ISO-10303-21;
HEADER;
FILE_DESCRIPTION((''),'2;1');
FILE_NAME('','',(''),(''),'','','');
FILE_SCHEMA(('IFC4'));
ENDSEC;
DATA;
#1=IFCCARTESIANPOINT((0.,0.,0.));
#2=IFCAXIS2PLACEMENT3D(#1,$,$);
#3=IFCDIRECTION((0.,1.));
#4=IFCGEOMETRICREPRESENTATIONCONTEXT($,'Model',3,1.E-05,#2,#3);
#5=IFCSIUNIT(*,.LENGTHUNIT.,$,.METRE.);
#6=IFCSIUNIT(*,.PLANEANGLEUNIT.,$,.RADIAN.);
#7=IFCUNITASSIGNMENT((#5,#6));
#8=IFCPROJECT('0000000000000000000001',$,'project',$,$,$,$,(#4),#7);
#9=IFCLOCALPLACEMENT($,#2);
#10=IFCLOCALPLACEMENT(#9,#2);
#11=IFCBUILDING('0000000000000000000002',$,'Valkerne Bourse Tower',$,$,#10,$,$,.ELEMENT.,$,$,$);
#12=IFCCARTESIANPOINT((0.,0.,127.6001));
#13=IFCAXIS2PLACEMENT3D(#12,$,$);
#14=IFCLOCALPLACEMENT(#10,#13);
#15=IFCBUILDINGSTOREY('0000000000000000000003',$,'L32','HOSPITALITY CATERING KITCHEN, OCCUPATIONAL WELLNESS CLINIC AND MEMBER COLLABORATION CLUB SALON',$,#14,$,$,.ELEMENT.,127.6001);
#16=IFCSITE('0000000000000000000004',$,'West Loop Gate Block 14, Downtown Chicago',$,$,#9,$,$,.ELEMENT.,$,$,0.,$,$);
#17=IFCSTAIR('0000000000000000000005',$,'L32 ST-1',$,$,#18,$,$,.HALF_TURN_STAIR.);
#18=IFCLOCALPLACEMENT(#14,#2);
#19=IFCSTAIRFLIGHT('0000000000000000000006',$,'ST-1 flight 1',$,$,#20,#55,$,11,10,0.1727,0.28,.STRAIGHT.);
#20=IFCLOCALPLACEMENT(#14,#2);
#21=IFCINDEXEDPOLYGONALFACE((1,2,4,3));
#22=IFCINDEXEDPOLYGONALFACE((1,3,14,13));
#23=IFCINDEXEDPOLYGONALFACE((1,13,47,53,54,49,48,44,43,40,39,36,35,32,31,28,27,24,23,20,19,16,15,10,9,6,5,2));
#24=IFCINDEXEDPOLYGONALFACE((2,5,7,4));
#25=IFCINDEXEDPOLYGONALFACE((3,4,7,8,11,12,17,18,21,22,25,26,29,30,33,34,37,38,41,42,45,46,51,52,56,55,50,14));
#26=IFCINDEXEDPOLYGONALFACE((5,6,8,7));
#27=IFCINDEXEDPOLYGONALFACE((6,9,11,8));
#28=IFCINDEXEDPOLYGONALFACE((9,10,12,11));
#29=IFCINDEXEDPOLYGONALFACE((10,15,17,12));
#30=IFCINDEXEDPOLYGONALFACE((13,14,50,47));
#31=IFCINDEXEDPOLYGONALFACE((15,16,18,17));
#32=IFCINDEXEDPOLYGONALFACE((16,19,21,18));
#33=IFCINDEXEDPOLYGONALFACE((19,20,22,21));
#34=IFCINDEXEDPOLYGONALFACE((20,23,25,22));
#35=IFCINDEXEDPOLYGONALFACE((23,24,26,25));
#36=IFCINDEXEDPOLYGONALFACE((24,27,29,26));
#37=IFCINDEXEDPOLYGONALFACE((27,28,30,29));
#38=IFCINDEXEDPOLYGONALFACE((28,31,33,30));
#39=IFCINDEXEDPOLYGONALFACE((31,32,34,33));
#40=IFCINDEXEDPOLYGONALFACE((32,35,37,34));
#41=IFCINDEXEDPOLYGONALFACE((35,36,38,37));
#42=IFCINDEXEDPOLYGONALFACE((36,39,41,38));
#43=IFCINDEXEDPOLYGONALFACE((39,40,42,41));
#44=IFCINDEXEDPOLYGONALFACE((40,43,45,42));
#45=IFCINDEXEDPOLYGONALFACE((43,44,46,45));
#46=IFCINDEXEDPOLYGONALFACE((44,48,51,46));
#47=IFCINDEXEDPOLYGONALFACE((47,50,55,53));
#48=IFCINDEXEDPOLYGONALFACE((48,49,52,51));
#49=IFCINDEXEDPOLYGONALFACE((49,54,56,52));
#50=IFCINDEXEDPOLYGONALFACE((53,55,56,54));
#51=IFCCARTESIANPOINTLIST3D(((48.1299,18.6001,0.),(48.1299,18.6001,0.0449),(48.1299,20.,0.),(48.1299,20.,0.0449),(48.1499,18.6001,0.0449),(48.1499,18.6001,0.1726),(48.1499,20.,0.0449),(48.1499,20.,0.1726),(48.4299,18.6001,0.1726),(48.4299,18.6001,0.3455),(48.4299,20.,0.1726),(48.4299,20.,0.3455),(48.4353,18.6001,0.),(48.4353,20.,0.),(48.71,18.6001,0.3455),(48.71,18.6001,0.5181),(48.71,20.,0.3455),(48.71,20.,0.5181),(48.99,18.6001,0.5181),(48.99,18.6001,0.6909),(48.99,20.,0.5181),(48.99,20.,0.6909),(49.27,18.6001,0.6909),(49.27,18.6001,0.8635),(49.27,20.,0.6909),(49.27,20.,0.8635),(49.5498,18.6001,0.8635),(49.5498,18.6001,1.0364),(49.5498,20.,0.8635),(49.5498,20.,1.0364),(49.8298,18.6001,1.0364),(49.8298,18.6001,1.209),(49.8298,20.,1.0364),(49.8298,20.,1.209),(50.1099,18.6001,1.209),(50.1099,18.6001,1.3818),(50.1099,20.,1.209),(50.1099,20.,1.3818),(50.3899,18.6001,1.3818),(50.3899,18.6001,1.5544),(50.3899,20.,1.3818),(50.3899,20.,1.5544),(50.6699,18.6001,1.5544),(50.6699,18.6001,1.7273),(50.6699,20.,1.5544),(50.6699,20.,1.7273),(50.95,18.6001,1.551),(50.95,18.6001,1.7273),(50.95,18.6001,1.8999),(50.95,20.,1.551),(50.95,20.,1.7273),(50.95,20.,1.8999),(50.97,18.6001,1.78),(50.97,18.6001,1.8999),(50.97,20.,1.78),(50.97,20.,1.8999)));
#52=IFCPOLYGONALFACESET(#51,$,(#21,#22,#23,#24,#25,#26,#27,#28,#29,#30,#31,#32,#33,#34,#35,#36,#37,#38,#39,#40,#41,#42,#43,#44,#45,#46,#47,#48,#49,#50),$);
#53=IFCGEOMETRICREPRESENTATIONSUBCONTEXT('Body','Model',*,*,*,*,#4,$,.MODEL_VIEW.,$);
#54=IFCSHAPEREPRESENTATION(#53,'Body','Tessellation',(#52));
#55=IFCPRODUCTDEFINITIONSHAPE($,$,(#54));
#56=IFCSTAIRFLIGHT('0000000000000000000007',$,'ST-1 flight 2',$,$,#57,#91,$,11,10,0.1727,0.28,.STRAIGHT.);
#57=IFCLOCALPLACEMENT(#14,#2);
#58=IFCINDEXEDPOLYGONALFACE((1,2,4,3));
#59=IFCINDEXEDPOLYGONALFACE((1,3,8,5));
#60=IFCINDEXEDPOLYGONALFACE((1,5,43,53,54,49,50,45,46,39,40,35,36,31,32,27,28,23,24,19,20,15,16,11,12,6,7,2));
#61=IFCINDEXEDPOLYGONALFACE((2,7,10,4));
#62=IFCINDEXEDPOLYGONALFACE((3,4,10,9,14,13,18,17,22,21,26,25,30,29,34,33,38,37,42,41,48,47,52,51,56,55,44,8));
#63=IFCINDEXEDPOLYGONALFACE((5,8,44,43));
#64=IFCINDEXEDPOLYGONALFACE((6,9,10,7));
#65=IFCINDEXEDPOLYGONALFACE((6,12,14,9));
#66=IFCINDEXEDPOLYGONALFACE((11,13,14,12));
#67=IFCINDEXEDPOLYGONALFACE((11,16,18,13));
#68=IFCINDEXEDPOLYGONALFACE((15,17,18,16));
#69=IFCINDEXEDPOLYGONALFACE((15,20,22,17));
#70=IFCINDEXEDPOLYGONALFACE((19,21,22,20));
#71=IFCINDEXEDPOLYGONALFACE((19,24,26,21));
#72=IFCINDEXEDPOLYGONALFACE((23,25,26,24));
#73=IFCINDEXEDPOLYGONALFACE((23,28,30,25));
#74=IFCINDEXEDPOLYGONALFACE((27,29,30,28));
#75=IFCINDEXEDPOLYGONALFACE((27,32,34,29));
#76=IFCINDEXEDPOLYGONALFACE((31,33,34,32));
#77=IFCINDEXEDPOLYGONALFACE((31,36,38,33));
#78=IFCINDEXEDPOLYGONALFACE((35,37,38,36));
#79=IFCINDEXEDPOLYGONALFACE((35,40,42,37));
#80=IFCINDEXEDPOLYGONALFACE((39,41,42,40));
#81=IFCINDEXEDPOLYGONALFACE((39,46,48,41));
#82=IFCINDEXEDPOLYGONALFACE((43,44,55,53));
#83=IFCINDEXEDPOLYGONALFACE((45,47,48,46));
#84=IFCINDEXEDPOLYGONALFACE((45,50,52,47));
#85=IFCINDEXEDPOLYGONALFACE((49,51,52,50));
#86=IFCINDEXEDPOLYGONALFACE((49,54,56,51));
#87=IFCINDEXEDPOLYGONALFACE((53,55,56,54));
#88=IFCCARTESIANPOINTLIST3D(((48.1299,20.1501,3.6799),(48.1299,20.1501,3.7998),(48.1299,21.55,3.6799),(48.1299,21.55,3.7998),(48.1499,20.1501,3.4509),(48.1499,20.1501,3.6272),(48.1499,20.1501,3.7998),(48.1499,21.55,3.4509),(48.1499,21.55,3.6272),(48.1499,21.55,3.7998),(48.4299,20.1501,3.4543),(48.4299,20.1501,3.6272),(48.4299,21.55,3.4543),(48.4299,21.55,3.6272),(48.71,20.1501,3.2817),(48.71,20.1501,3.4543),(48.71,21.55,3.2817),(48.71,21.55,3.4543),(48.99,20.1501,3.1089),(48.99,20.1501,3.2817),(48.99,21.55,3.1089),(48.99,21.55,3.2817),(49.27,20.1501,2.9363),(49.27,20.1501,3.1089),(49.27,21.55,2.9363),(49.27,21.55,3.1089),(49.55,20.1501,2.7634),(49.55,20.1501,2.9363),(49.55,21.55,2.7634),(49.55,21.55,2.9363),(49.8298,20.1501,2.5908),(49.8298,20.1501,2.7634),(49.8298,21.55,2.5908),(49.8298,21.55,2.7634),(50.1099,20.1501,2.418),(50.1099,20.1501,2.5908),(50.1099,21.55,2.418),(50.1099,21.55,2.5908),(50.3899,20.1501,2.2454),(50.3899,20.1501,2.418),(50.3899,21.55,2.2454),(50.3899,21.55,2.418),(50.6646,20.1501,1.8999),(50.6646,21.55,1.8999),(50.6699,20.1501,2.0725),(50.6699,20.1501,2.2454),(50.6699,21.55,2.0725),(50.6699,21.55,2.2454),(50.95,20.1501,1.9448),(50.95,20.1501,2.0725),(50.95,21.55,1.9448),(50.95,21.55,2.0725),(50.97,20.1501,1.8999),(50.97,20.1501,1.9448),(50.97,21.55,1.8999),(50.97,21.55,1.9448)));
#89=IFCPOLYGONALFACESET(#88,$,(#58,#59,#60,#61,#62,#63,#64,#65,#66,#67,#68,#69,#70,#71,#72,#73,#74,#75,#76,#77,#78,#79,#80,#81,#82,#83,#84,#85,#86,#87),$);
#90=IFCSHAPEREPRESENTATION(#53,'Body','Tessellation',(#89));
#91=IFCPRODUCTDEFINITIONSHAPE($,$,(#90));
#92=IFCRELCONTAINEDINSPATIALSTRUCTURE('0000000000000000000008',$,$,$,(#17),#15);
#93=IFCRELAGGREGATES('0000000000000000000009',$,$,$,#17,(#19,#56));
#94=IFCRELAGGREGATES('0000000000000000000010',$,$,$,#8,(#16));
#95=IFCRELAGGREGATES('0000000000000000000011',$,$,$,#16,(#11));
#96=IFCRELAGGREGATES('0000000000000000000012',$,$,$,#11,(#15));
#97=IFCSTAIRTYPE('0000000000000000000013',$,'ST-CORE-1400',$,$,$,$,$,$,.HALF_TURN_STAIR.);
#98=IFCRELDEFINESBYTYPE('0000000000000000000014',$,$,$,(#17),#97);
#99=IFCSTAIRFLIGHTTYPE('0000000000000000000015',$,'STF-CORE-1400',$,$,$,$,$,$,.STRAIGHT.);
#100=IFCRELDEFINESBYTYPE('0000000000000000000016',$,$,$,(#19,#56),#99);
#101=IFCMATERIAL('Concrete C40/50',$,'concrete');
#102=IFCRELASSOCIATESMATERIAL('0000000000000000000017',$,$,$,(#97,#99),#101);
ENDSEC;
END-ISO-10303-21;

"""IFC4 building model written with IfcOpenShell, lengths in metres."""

from ifc_helpers import new_model, si_unit, direction, frame, origin, place, context, subcontext, project, spatial, polyline, outline, extrude, material, type_object, element, aggregate, save


model = new_model("IFC4")

# Units and contexts
model_context = context("Model", 3, precision=1e-05, world=origin(), true_north=direction((0.0, 1.0)))
body_context = subcontext(model_context, "Body", "Model", "MODEL_VIEW")
ifc_project = project(units=[si_unit("LENGTHUNIT", "METRE"), si_unit("PLANEANGLEUNIT", "RADIAN")], contexts=[model_context])

# Site, building, storey
site_placement = place(None, origin())
site = spatial("IfcSite", under=ifc_project, at=site_placement, Name="West Loop Gate Block 14, Downtown Chicago", CompositionType="ELEMENT", RefElevation=0.0)
building_placement = place(site_placement, origin())
building = spatial("IfcBuilding", under=site, at=building_placement, Name="Valkerne Bourse Tower", CompositionType="ELEMENT")
storey_placement = place(building_placement, frame((0.0, 0.0, 127.6001)))
storey = spatial("IfcBuildingStorey", under=building, at=storey_placement, Name="L32", Description="HOSPITALITY CATERING KITCHEN, OCCUPATIONAL WELLNESS CLINIC AND MEMBER COLLABORATION CLUB SALON", CompositionType="ELEMENT", Elevation=127.6001)

# Stair, stair flights
ifc_material_1 = material(Name="Concrete C40/50", Category="concrete")
stair_type = type_object("IfcStairType", Name="ST-CORE-1400", PredefinedType="HALF_TURN_STAIR", material=ifc_material_1)
stair_placement = place(storey_placement, origin())
stair = element("IfcStair", 1, at=stair_placement, inside=storey, type_object=stair_type, Name="L32 ST-1", PredefinedType="HALF_TURN_STAIR")
stair_flight_type = type_object("IfcStairFlightType", Name="STF-CORE-1400", PredefinedType="STRAIGHT", material=ifc_material_1)
stair_flight_1_placement = place(storey_placement, frame((48.1499, 19.3, 0.0), z_axis=(0.0, 0.0, 1.0), x_axis=(1.0, 0.0, 0.0)))
stair_flight_1 = element("IfcStairFlight", 2, at=stair_flight_1_placement, type_object=stair_flight_type, Name="ST-1 flight 1", NumberOfRisers=11, NumberOfTreads=10, PredefinedType="STRAIGHT", RiserHeight=0.1727, TreadLength=0.28, context=body_context, shape_type="SweptSolid", body=[
    extrude(outline(polyline([(-0.02, 0.0), (-0.02, 0.0449), (0.0, 0.0449), (0.0, 0.1726), (0.28, 0.1726), (0.28, 0.3455), (0.5601, 0.3455), (0.5601, 0.5181), (0.8401, 0.5181), (0.8401, 0.6909), (1.1201, 0.6909), (1.1201, 0.8635), (1.3999, 0.8635), (1.3999, 1.0364), (1.6799, 1.0364), (1.6799, 1.209), (1.96, 1.209), (1.96, 1.3818), (2.24, 1.3818), (2.24, 1.5544), (2.52, 1.5544), (2.52, 1.7273), (2.8, 1.7273), (2.8, 1.8999), (2.8201, 1.8999), (2.8201, 1.78), (2.8, 1.551), (0.2854, 0.0), (-0.02, 0.0)])), frame((0.0, 0.7, 0.0), z_axis=(0.0, -1.0, 0.0), x_axis=(1.0, 0.0, 0.0)), (0.0, 0.0, 1.0), 1.3999),
])
stair_flight_2_placement = place(storey_placement, frame((50.95, 20.8501, 1.8999), z_axis=(0.0, 0.0, 1.0), x_axis=(-1.0, 0.0, 0.0)))
stair_flight_2 = element("IfcStairFlight", 3, at=stair_flight_2_placement, type_object=stair_flight_type, Name="ST-1 flight 2", NumberOfRisers=11, NumberOfTreads=10, PredefinedType="STRAIGHT", RiserHeight=0.1727, TreadLength=0.28, context=body_context, shape_type="SweptSolid", body=[
    extrude(outline(polyline([(-0.02, 0.0), (-0.02, 0.0449), (0.0, 0.0449), (0.0, 0.1726), (0.28, 0.1726), (0.28, 0.3455), (0.5601, 0.3455), (0.5601, 0.5181), (0.8401, 0.5181), (0.8401, 0.6909), (1.1201, 0.6909), (1.1201, 0.8635), (1.3999, 0.8635), (1.3999, 1.0364), (1.6799, 1.0364), (1.6799, 1.209), (1.96, 1.209), (1.96, 1.3818), (2.24, 1.3818), (2.24, 1.5544), (2.52, 1.5544), (2.52, 1.7273), (2.8, 1.7273), (2.8, 1.8999), (2.8201, 1.8999), (2.8201, 1.78), (2.8, 1.551), (0.2854, 0.0), (-0.02, 0.0)])), frame((0.0, 0.7, 0.0), z_axis=(0.0, -1.0, 0.0), x_axis=(1.0, 0.0, 0.0)), (0.0, 0.0, 1.0), 1.3999),
])
aggregate(stair, [stair_flight_1, stair_flight_2])

save(model, "model.ifc")
